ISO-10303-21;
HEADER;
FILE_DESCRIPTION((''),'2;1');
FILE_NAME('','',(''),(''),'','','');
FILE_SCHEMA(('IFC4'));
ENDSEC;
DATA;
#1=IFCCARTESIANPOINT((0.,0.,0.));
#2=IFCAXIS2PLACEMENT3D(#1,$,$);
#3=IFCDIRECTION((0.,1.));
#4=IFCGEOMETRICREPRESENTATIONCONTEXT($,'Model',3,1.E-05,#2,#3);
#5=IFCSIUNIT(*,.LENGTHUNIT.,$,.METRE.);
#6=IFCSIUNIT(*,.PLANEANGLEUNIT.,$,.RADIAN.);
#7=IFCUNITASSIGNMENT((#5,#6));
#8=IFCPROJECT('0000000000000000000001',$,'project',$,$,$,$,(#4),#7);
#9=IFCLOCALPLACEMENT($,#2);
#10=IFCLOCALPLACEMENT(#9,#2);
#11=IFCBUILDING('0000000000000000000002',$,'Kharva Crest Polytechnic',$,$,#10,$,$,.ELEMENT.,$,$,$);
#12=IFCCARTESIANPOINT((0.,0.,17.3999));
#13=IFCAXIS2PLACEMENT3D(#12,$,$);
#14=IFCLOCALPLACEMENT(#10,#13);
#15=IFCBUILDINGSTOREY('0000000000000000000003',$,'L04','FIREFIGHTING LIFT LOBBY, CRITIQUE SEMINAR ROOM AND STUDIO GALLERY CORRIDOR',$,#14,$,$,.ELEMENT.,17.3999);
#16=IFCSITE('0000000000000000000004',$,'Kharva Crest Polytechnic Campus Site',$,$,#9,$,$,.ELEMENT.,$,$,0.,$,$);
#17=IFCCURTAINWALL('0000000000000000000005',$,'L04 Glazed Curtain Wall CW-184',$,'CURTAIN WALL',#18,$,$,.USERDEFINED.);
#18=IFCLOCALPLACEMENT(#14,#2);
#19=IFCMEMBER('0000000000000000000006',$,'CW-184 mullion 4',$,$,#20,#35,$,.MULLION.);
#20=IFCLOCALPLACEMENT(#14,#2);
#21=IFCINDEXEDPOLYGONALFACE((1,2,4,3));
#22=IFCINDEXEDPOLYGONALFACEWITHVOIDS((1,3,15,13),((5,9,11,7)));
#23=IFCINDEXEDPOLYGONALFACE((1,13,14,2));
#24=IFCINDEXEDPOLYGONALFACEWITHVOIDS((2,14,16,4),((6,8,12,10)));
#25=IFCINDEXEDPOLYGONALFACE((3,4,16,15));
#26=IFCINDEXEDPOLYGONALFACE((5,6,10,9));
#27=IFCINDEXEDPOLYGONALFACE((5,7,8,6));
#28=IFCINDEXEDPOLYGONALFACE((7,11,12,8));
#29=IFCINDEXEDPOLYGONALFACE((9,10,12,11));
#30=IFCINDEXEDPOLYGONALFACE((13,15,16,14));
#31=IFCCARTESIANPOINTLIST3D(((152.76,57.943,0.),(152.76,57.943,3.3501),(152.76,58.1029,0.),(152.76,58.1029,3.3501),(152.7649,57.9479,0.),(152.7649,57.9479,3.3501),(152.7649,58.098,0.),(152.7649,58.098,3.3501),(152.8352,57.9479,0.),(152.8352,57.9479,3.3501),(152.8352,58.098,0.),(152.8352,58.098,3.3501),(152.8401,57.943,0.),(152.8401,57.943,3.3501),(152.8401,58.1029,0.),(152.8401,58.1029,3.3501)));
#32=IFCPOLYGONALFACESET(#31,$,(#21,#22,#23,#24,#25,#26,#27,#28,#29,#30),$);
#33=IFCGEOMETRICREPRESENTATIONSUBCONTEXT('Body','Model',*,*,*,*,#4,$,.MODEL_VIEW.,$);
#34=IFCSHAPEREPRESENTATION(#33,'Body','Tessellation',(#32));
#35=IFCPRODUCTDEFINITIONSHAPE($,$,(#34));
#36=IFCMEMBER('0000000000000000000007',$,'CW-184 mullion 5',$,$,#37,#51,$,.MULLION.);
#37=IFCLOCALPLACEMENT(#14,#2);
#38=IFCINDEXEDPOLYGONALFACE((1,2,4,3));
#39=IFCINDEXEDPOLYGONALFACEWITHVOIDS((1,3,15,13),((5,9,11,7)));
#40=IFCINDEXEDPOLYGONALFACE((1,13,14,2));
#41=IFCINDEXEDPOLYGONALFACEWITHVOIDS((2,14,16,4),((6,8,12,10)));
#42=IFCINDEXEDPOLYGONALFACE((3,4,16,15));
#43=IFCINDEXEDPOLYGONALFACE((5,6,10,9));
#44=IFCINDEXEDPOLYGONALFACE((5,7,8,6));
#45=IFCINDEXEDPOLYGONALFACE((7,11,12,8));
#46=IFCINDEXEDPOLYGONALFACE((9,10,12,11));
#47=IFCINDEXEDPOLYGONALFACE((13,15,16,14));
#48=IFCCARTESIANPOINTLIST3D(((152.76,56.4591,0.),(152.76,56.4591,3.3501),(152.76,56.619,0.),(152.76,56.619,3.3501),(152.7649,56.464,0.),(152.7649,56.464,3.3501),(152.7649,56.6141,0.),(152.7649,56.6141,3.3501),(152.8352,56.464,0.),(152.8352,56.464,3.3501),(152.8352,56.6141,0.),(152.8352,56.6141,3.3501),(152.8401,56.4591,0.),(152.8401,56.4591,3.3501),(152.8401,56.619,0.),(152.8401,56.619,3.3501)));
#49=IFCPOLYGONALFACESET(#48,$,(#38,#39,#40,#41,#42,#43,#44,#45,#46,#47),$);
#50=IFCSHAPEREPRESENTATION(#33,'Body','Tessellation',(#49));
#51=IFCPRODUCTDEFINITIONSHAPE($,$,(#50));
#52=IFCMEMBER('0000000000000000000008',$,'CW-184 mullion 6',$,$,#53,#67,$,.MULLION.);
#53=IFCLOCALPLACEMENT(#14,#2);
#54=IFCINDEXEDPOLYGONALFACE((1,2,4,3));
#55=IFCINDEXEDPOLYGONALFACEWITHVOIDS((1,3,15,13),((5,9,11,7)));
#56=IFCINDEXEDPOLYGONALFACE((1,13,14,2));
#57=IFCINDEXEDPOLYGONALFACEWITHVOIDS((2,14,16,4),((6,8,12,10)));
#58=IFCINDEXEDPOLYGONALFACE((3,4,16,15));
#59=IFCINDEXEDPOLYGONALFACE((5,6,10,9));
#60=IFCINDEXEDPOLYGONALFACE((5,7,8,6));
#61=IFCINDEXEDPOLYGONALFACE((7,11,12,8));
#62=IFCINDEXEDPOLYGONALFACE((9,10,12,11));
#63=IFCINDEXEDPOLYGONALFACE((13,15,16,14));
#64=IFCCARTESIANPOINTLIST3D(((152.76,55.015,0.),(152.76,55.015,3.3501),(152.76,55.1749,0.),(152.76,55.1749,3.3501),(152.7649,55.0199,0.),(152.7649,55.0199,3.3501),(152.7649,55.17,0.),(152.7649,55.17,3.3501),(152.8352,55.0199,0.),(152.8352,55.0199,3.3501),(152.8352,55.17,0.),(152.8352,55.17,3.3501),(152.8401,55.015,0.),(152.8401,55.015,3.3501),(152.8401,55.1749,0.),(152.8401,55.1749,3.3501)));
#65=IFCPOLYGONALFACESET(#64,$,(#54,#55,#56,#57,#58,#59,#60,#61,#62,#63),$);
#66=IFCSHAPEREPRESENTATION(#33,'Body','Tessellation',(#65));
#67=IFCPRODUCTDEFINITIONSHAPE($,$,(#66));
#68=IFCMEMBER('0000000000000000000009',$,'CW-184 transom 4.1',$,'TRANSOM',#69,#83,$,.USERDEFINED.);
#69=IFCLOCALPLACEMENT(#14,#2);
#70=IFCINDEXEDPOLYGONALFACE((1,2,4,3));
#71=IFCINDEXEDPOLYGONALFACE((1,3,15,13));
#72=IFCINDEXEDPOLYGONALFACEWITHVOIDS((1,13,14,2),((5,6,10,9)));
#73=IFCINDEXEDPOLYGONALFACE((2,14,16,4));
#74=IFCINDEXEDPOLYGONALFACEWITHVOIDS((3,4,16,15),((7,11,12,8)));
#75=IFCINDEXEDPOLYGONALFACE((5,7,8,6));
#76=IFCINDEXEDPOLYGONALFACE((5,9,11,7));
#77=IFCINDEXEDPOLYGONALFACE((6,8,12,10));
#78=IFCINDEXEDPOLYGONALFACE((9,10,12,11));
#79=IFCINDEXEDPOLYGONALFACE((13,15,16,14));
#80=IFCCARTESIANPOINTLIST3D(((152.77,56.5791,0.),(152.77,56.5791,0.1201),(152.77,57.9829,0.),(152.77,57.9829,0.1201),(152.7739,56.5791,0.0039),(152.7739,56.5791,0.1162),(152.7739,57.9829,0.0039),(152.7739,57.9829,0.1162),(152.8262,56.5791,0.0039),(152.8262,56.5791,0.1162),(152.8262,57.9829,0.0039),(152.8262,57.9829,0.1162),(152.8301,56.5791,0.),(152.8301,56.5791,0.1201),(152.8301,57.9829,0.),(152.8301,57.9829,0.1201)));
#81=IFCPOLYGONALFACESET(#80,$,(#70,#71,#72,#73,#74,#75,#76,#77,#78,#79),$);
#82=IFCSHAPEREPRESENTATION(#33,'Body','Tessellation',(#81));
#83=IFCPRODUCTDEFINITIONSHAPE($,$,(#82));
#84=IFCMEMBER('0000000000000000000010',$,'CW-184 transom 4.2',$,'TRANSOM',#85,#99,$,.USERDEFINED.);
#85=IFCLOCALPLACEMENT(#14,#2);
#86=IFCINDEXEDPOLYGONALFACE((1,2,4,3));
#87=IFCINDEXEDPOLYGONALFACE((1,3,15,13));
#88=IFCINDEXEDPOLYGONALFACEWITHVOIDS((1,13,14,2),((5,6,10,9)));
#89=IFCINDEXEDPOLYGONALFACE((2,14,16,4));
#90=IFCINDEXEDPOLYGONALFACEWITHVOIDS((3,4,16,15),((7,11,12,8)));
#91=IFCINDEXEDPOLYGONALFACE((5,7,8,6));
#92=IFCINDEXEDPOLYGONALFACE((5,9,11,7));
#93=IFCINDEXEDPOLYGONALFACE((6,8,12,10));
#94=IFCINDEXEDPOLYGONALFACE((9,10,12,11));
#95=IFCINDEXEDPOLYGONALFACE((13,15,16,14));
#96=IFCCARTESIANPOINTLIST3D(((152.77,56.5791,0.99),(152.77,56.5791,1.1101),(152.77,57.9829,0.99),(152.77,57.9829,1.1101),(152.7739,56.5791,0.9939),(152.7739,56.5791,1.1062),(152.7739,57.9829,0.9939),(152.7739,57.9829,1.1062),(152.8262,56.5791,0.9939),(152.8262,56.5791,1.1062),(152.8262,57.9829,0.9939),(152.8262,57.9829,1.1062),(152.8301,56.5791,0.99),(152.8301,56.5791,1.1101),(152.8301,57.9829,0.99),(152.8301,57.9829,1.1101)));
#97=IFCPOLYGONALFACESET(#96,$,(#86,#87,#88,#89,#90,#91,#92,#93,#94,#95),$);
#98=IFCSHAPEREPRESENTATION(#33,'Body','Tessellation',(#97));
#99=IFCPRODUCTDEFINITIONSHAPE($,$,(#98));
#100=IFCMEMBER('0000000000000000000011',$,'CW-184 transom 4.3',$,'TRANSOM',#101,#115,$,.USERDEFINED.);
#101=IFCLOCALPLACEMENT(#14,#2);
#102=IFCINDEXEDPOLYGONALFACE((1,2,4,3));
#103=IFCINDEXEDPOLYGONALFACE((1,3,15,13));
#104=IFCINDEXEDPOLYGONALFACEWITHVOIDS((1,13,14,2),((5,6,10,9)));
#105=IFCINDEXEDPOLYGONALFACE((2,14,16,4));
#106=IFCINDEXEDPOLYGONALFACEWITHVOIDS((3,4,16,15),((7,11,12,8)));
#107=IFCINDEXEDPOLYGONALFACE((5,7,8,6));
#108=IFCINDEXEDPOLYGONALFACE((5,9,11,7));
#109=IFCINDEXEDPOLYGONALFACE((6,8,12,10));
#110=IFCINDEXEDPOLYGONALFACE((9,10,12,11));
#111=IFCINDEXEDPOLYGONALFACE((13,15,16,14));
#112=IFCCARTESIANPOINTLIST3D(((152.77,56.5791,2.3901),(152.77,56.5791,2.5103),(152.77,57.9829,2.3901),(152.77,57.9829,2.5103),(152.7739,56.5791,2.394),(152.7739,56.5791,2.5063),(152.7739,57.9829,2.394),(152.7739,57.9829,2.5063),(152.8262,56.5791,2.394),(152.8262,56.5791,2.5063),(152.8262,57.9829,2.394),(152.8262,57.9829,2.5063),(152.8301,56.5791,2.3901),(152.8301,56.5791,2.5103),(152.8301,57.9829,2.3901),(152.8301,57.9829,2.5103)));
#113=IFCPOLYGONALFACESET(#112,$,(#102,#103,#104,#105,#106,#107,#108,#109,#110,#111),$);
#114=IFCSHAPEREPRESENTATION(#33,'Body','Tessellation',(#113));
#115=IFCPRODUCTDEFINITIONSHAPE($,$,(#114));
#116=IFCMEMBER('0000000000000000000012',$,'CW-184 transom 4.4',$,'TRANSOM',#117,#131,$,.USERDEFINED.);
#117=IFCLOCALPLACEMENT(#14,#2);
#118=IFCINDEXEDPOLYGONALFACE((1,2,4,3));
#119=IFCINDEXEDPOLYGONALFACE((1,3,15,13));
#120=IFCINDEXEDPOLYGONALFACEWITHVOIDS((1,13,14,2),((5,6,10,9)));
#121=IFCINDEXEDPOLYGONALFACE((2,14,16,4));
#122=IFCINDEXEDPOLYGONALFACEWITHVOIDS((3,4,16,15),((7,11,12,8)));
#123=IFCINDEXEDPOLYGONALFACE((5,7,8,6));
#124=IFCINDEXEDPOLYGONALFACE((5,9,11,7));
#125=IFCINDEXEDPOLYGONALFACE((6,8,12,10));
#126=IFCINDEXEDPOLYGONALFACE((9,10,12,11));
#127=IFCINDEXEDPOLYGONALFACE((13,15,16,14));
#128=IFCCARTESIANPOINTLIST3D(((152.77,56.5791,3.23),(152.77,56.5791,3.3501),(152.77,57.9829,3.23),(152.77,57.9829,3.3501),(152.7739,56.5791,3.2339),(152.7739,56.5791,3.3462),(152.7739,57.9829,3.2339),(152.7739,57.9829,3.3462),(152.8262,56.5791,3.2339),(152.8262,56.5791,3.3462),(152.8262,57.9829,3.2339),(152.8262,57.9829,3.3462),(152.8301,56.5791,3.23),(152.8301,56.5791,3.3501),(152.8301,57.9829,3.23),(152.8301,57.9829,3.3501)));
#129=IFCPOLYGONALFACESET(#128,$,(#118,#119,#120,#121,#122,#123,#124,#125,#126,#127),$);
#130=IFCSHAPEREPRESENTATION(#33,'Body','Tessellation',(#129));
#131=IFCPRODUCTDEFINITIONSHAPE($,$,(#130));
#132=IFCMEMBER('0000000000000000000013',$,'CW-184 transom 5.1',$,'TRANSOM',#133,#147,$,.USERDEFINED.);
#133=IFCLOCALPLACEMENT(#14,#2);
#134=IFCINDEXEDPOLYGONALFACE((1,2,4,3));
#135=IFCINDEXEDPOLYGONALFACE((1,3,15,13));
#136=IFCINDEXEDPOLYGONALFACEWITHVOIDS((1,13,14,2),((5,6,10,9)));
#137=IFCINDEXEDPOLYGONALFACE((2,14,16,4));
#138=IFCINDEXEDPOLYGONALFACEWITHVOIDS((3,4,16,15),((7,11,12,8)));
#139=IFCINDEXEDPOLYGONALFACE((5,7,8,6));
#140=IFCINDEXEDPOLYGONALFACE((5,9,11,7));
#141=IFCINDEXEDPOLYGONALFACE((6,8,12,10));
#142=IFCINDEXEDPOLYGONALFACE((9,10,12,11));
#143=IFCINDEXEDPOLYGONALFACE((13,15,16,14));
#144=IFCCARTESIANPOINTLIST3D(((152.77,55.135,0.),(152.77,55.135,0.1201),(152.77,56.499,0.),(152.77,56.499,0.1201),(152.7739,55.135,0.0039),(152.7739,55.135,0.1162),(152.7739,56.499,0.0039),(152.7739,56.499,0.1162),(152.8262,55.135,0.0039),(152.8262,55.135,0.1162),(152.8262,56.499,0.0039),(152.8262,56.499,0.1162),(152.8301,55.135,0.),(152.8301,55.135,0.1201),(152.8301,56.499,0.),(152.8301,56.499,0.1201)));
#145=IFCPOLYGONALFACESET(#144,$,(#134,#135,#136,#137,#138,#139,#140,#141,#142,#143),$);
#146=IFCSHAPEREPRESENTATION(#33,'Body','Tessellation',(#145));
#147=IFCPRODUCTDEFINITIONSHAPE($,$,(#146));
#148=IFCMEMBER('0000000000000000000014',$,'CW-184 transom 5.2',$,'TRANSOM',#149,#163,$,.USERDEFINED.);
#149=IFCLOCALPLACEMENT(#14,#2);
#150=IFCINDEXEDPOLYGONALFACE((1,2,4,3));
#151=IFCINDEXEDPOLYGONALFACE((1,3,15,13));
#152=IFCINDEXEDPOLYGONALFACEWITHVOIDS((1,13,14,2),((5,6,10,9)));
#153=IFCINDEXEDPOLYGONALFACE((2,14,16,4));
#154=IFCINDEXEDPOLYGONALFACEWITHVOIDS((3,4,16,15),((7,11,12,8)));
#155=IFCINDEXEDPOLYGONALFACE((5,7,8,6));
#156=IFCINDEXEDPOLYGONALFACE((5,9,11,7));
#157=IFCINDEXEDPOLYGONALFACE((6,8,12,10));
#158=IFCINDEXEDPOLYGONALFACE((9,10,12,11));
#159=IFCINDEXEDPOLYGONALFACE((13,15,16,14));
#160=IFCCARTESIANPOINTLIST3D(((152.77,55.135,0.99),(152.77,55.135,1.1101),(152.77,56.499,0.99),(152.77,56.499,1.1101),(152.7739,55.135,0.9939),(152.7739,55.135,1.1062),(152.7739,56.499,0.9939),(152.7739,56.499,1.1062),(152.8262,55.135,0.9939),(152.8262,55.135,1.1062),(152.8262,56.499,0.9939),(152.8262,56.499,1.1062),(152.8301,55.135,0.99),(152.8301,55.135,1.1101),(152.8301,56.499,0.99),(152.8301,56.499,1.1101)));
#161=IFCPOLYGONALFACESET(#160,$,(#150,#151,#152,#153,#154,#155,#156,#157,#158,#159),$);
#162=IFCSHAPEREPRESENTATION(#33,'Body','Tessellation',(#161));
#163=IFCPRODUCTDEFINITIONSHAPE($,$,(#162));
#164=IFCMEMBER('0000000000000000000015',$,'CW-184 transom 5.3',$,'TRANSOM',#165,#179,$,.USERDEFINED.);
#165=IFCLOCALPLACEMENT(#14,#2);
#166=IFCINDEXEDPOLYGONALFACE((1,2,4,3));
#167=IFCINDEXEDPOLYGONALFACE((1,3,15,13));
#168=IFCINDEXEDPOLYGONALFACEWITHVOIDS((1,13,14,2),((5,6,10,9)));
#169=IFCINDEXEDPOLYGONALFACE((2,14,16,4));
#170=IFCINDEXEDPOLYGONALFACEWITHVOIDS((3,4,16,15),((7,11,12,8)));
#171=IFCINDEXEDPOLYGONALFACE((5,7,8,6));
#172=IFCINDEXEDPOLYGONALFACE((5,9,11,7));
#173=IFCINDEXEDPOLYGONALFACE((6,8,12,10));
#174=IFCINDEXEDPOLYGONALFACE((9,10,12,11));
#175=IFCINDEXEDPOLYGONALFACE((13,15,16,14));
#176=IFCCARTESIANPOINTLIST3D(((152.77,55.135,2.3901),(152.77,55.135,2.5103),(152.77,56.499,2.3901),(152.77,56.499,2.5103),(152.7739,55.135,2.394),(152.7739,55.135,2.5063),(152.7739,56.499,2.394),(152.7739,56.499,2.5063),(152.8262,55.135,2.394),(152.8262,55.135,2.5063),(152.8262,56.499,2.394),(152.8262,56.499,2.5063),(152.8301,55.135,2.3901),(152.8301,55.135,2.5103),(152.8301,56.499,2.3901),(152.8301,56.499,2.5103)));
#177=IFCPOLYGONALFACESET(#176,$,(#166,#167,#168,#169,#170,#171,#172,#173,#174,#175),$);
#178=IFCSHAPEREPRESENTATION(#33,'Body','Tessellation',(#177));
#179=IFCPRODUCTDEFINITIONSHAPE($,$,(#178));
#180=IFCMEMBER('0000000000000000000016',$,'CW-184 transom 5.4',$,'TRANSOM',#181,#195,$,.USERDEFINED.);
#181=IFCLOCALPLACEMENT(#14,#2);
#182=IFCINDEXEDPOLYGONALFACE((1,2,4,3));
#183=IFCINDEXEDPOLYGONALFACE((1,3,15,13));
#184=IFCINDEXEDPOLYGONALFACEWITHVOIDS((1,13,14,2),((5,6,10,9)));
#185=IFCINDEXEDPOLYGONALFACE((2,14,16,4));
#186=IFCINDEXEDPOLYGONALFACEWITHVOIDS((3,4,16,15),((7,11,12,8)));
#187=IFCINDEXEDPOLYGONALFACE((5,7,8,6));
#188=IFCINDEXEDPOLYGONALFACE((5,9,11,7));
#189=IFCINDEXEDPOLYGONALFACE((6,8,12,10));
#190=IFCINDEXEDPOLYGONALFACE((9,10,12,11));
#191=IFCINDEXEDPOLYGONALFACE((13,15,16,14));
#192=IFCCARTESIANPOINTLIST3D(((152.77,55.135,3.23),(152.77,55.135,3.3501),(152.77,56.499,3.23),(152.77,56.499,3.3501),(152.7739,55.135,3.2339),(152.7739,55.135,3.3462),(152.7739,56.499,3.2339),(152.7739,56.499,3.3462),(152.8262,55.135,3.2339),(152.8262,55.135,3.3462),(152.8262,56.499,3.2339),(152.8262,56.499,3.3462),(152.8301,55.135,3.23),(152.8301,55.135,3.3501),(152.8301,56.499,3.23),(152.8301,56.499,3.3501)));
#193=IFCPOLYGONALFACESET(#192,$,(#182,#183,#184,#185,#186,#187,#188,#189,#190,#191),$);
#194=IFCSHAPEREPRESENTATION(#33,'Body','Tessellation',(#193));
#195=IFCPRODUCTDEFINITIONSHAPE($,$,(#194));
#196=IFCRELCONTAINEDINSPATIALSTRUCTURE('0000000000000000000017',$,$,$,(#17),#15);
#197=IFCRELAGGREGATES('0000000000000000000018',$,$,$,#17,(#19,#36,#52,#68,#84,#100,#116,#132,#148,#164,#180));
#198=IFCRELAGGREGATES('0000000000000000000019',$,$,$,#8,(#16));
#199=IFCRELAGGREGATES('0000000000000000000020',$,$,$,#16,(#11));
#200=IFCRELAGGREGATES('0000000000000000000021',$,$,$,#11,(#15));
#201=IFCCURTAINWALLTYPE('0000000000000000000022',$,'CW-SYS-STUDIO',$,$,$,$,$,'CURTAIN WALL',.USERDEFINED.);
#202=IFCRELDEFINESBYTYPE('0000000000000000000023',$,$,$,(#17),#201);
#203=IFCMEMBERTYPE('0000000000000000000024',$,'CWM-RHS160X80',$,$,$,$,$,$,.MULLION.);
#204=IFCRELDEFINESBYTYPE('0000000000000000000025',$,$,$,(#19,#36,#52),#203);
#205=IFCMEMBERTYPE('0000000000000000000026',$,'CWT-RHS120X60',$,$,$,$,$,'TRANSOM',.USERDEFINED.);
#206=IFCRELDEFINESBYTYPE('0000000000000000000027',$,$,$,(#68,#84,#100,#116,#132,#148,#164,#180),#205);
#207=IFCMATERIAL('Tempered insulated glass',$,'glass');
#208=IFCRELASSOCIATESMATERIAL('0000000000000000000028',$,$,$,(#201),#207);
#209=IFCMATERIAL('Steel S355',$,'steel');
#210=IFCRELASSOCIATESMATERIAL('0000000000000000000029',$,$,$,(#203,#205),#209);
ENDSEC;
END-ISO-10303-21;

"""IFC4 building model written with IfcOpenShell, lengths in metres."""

from ifc_helpers import new_model, si_unit, direction, frame, origin, origin_2d, place, context, subcontext, project, spatial, hollow_rectangle, extrude, material, material_profile, profile_set, type_object, element, aggregate, save


model = new_model("IFC4")

# Units and contexts
model_context = context("Model", 3, precision=1e-05, world=origin(), true_north=direction((0.0, 1.0)))
body_context = subcontext(model_context, "Body", "Model", "MODEL_VIEW")
ifc_project = project(units=[si_unit("LENGTHUNIT", "METRE"), si_unit("PLANEANGLEUNIT", "RADIAN")], contexts=[model_context])

# Site, building, storey
site_placement = place(None, origin())
site = spatial("IfcSite", under=ifc_project, at=site_placement, Name="Kharva Crest Polytechnic Campus Site", CompositionType="ELEMENT", RefElevation=0.0)
building_placement = place(site_placement, origin())
building = spatial("IfcBuilding", under=site, at=building_placement, Name="Kharva Crest Polytechnic", CompositionType="ELEMENT")
storey_placement = place(building_placement, frame((0.0, 0.0, 17.3999)))
storey = spatial("IfcBuildingStorey", under=building, at=storey_placement, Name="L04", Description="FIREFIGHTING LIFT LOBBY, CRITIQUE SEMINAR ROOM AND STUDIO GALLERY CORRIDOR", CompositionType="ELEMENT", Elevation=17.3999)

# Curtain wall, members
ifc_material_1 = material(Name="Tempered insulated glass", Category="glass")
curtain_wall_type = type_object("IfcCurtainWallType", Name="CW-SYS-STUDIO", ElementType="CURTAIN WALL", PredefinedType="USERDEFINED", material=ifc_material_1)
curtain_wall_placement = place(storey_placement, origin())
curtain_wall = element("IfcCurtainWall", 1, at=curtain_wall_placement, inside=storey, type_object=curtain_wall_type, Name="L04 Glazed Curtain Wall CW-184", ObjectType="CURTAIN WALL", PredefinedType="USERDEFINED")
ifc_material_2 = material(Name="Steel S355", Category="steel")
ifc_material_profile_1 = material_profile(ifc_material_2, hollow_rectangle(XDim=0.0801, YDim=0.1599, WallThickness=0.0049, at=origin_2d()), Name="RHS 160X80X5.0")
ifc_profile_set_1 = profile_set([ifc_material_profile_1], Name="Steel S355")
member_type_1 = type_object("IfcMemberType", Name="CWM-RHS160X80", PredefinedType="MULLION", material=ifc_profile_set_1)
member_1_placement = place(storey_placement, frame((152.8, 58.0229, 0.0), z_axis=(0.0, 0.0, 1.0), x_axis=(1.0, 0.0, 0.0)))
member_1 = element("IfcMember", 2, at=member_1_placement, type_object=member_type_1, Name="CW-184 mullion 4", PredefinedType="MULLION", context=body_context, shape_type="SweptSolid", body=[
    extrude(hollow_rectangle(XDim=0.0801, YDim=0.1599, WallThickness=0.0049, at=origin_2d()), origin(), (0.0, 0.0, 1.0), 3.3501),
])
member_2_placement = place(storey_placement, frame((152.8, 56.5391, 0.0), z_axis=(0.0, 0.0, 1.0), x_axis=(1.0, 0.0, 0.0)))
member_2 = element("IfcMember", 3, at=member_2_placement, type_object=member_type_1, Name="CW-184 mullion 5", PredefinedType="MULLION", context=body_context, shape_type="SweptSolid", body=[
    extrude(hollow_rectangle(XDim=0.0801, YDim=0.1599, WallThickness=0.0049, at=origin_2d()), origin(), (0.0, 0.0, 1.0), 3.3501),
])
member_3_placement = place(storey_placement, frame((152.8, 55.095, 0.0), z_axis=(0.0, 0.0, 1.0), x_axis=(1.0, 0.0, 0.0)))
member_3 = element("IfcMember", 4, at=member_3_placement, type_object=member_type_1, Name="CW-184 mullion 6", PredefinedType="MULLION", context=body_context, shape_type="SweptSolid", body=[
    extrude(hollow_rectangle(XDim=0.0801, YDim=0.1599, WallThickness=0.0049, at=origin_2d()), origin(), (0.0, 0.0, 1.0), 3.3501),
])
ifc_material_profile_2 = material_profile(ifc_material_2, hollow_rectangle(XDim=0.0601, YDim=0.1201, WallThickness=0.0039, at=origin_2d()), Name="RHS 120X60X4.0")
ifc_profile_set_2 = profile_set([ifc_material_profile_2], Name="Steel S355")
member_type_2 = type_object("IfcMemberType", Name="CWT-RHS120X60", ElementType="TRANSOM", PredefinedType="USERDEFINED", material=ifc_profile_set_2)
member_4_placement = place(storey_placement, frame((152.8, 57.9829, 0.0601), z_axis=(0.0, -1.0, 0.0), x_axis=(1.0, 0.0, 0.0)))
member_4 = element("IfcMember", 5, at=member_4_placement, type_object=member_type_2, Name="CW-184 transom 4.1", ObjectType="TRANSOM", PredefinedType="USERDEFINED", context=body_context, shape_type="SweptSolid", body=[
    extrude(hollow_rectangle(XDim=0.0601, YDim=0.1201, WallThickness=0.0039, at=origin_2d()), origin(), (0.0, 0.0, 1.0), 1.4038),
])
member_5_placement = place(storey_placement, frame((152.8, 57.9829, 1.05), z_axis=(0.0, -1.0, 0.0), x_axis=(1.0, 0.0, 0.0)))
member_5 = element("IfcMember", 6, at=member_5_placement, type_object=member_type_2, Name="CW-184 transom 4.2", ObjectType="TRANSOM", PredefinedType="USERDEFINED", context=body_context, shape_type="SweptSolid", body=[
    extrude(hollow_rectangle(XDim=0.0601, YDim=0.1201, WallThickness=0.0039, at=origin_2d()), origin(), (0.0, 0.0, 1.0), 1.4038),
])
member_6_placement = place(storey_placement, frame((152.8, 57.9829, 2.4502), z_axis=(0.0, -1.0, 0.0), x_axis=(1.0, 0.0, 0.0)))
member_6 = element("IfcMember", 7, at=member_6_placement, type_object=member_type_2, Name="CW-184 transom 4.3", ObjectType="TRANSOM", PredefinedType="USERDEFINED", context=body_context, shape_type="SweptSolid", body=[
    extrude(hollow_rectangle(XDim=0.0601, YDim=0.1201, WallThickness=0.0039, at=origin_2d()), origin(), (0.0, 0.0, 1.0), 1.4038),
])
member_7_placement = place(storey_placement, frame((152.8, 57.9829, 3.29), z_axis=(0.0, -1.0, 0.0), x_axis=(1.0, 0.0, 0.0)))
member_7 = element("IfcMember", 8, at=member_7_placement, type_object=member_type_2, Name="CW-184 transom 4.4", ObjectType="TRANSOM", PredefinedType="USERDEFINED", context=body_context, shape_type="SweptSolid", body=[
    extrude(hollow_rectangle(XDim=0.0601, YDim=0.1201, WallThickness=0.0039, at=origin_2d()), origin(), (0.0, 0.0, 1.0), 1.4038),
])
member_8_placement = place(storey_placement, frame((152.8, 56.499, 0.0601), z_axis=(0.0, -1.0, 0.0), x_axis=(1.0, 0.0, 0.0)))
member_8 = element("IfcMember", 9, at=member_8_placement, type_object=member_type_2, Name="CW-184 transom 5.1", ObjectType="TRANSOM", PredefinedType="USERDEFINED", context=body_context, shape_type="SweptSolid", body=[
    extrude(hollow_rectangle(XDim=0.0601, YDim=0.1201, WallThickness=0.0039, at=origin_2d()), origin(), (0.0, 0.0, 1.0), 1.364),
])
member_9_placement = place(storey_placement, frame((152.8, 56.499, 1.05), z_axis=(0.0, -1.0, 0.0), x_axis=(1.0, 0.0, 0.0)))
member_9 = element("IfcMember", 10, at=member_9_placement, type_object=member_type_2, Name="CW-184 transom 5.2", ObjectType="TRANSOM", PredefinedType="USERDEFINED", context=body_context, shape_type="SweptSolid", body=[
    extrude(hollow_rectangle(XDim=0.0601, YDim=0.1201, WallThickness=0.0039, at=origin_2d()), origin(), (0.0, 0.0, 1.0), 1.364),
])
member_10_placement = place(storey_placement, frame((152.8, 56.499, 2.4502), z_axis=(0.0, -1.0, 0.0), x_axis=(1.0, 0.0, 0.0)))
member_10 = element("IfcMember", 11, at=member_10_placement, type_object=member_type_2, Name="CW-184 transom 5.3", ObjectType="TRANSOM", PredefinedType="USERDEFINED", context=body_context, shape_type="SweptSolid", body=[
    extrude(hollow_rectangle(XDim=0.0601, YDim=0.1201, WallThickness=0.0039, at=origin_2d()), origin(), (0.0, 0.0, 1.0), 1.364),
])
member_11_placement = place(storey_placement, frame((152.8, 56.499, 3.29), z_axis=(0.0, -1.0, 0.0), x_axis=(1.0, 0.0, 0.0)))
member_11 = element("IfcMember", 12, at=member_11_placement, type_object=member_type_2, Name="CW-184 transom 5.4", ObjectType="TRANSOM", PredefinedType="USERDEFINED", context=body_context, shape_type="SweptSolid", body=[
    extrude(hollow_rectangle(XDim=0.0601, YDim=0.1201, WallThickness=0.0039, at=origin_2d()), origin(), (0.0, 0.0, 1.0), 1.364),
])
aggregate(curtain_wall, [member_1, member_2, member_3, member_4, member_5, member_6, member_7, member_8, member_9, member_10, member_11])

save(model, "model.ifc")
